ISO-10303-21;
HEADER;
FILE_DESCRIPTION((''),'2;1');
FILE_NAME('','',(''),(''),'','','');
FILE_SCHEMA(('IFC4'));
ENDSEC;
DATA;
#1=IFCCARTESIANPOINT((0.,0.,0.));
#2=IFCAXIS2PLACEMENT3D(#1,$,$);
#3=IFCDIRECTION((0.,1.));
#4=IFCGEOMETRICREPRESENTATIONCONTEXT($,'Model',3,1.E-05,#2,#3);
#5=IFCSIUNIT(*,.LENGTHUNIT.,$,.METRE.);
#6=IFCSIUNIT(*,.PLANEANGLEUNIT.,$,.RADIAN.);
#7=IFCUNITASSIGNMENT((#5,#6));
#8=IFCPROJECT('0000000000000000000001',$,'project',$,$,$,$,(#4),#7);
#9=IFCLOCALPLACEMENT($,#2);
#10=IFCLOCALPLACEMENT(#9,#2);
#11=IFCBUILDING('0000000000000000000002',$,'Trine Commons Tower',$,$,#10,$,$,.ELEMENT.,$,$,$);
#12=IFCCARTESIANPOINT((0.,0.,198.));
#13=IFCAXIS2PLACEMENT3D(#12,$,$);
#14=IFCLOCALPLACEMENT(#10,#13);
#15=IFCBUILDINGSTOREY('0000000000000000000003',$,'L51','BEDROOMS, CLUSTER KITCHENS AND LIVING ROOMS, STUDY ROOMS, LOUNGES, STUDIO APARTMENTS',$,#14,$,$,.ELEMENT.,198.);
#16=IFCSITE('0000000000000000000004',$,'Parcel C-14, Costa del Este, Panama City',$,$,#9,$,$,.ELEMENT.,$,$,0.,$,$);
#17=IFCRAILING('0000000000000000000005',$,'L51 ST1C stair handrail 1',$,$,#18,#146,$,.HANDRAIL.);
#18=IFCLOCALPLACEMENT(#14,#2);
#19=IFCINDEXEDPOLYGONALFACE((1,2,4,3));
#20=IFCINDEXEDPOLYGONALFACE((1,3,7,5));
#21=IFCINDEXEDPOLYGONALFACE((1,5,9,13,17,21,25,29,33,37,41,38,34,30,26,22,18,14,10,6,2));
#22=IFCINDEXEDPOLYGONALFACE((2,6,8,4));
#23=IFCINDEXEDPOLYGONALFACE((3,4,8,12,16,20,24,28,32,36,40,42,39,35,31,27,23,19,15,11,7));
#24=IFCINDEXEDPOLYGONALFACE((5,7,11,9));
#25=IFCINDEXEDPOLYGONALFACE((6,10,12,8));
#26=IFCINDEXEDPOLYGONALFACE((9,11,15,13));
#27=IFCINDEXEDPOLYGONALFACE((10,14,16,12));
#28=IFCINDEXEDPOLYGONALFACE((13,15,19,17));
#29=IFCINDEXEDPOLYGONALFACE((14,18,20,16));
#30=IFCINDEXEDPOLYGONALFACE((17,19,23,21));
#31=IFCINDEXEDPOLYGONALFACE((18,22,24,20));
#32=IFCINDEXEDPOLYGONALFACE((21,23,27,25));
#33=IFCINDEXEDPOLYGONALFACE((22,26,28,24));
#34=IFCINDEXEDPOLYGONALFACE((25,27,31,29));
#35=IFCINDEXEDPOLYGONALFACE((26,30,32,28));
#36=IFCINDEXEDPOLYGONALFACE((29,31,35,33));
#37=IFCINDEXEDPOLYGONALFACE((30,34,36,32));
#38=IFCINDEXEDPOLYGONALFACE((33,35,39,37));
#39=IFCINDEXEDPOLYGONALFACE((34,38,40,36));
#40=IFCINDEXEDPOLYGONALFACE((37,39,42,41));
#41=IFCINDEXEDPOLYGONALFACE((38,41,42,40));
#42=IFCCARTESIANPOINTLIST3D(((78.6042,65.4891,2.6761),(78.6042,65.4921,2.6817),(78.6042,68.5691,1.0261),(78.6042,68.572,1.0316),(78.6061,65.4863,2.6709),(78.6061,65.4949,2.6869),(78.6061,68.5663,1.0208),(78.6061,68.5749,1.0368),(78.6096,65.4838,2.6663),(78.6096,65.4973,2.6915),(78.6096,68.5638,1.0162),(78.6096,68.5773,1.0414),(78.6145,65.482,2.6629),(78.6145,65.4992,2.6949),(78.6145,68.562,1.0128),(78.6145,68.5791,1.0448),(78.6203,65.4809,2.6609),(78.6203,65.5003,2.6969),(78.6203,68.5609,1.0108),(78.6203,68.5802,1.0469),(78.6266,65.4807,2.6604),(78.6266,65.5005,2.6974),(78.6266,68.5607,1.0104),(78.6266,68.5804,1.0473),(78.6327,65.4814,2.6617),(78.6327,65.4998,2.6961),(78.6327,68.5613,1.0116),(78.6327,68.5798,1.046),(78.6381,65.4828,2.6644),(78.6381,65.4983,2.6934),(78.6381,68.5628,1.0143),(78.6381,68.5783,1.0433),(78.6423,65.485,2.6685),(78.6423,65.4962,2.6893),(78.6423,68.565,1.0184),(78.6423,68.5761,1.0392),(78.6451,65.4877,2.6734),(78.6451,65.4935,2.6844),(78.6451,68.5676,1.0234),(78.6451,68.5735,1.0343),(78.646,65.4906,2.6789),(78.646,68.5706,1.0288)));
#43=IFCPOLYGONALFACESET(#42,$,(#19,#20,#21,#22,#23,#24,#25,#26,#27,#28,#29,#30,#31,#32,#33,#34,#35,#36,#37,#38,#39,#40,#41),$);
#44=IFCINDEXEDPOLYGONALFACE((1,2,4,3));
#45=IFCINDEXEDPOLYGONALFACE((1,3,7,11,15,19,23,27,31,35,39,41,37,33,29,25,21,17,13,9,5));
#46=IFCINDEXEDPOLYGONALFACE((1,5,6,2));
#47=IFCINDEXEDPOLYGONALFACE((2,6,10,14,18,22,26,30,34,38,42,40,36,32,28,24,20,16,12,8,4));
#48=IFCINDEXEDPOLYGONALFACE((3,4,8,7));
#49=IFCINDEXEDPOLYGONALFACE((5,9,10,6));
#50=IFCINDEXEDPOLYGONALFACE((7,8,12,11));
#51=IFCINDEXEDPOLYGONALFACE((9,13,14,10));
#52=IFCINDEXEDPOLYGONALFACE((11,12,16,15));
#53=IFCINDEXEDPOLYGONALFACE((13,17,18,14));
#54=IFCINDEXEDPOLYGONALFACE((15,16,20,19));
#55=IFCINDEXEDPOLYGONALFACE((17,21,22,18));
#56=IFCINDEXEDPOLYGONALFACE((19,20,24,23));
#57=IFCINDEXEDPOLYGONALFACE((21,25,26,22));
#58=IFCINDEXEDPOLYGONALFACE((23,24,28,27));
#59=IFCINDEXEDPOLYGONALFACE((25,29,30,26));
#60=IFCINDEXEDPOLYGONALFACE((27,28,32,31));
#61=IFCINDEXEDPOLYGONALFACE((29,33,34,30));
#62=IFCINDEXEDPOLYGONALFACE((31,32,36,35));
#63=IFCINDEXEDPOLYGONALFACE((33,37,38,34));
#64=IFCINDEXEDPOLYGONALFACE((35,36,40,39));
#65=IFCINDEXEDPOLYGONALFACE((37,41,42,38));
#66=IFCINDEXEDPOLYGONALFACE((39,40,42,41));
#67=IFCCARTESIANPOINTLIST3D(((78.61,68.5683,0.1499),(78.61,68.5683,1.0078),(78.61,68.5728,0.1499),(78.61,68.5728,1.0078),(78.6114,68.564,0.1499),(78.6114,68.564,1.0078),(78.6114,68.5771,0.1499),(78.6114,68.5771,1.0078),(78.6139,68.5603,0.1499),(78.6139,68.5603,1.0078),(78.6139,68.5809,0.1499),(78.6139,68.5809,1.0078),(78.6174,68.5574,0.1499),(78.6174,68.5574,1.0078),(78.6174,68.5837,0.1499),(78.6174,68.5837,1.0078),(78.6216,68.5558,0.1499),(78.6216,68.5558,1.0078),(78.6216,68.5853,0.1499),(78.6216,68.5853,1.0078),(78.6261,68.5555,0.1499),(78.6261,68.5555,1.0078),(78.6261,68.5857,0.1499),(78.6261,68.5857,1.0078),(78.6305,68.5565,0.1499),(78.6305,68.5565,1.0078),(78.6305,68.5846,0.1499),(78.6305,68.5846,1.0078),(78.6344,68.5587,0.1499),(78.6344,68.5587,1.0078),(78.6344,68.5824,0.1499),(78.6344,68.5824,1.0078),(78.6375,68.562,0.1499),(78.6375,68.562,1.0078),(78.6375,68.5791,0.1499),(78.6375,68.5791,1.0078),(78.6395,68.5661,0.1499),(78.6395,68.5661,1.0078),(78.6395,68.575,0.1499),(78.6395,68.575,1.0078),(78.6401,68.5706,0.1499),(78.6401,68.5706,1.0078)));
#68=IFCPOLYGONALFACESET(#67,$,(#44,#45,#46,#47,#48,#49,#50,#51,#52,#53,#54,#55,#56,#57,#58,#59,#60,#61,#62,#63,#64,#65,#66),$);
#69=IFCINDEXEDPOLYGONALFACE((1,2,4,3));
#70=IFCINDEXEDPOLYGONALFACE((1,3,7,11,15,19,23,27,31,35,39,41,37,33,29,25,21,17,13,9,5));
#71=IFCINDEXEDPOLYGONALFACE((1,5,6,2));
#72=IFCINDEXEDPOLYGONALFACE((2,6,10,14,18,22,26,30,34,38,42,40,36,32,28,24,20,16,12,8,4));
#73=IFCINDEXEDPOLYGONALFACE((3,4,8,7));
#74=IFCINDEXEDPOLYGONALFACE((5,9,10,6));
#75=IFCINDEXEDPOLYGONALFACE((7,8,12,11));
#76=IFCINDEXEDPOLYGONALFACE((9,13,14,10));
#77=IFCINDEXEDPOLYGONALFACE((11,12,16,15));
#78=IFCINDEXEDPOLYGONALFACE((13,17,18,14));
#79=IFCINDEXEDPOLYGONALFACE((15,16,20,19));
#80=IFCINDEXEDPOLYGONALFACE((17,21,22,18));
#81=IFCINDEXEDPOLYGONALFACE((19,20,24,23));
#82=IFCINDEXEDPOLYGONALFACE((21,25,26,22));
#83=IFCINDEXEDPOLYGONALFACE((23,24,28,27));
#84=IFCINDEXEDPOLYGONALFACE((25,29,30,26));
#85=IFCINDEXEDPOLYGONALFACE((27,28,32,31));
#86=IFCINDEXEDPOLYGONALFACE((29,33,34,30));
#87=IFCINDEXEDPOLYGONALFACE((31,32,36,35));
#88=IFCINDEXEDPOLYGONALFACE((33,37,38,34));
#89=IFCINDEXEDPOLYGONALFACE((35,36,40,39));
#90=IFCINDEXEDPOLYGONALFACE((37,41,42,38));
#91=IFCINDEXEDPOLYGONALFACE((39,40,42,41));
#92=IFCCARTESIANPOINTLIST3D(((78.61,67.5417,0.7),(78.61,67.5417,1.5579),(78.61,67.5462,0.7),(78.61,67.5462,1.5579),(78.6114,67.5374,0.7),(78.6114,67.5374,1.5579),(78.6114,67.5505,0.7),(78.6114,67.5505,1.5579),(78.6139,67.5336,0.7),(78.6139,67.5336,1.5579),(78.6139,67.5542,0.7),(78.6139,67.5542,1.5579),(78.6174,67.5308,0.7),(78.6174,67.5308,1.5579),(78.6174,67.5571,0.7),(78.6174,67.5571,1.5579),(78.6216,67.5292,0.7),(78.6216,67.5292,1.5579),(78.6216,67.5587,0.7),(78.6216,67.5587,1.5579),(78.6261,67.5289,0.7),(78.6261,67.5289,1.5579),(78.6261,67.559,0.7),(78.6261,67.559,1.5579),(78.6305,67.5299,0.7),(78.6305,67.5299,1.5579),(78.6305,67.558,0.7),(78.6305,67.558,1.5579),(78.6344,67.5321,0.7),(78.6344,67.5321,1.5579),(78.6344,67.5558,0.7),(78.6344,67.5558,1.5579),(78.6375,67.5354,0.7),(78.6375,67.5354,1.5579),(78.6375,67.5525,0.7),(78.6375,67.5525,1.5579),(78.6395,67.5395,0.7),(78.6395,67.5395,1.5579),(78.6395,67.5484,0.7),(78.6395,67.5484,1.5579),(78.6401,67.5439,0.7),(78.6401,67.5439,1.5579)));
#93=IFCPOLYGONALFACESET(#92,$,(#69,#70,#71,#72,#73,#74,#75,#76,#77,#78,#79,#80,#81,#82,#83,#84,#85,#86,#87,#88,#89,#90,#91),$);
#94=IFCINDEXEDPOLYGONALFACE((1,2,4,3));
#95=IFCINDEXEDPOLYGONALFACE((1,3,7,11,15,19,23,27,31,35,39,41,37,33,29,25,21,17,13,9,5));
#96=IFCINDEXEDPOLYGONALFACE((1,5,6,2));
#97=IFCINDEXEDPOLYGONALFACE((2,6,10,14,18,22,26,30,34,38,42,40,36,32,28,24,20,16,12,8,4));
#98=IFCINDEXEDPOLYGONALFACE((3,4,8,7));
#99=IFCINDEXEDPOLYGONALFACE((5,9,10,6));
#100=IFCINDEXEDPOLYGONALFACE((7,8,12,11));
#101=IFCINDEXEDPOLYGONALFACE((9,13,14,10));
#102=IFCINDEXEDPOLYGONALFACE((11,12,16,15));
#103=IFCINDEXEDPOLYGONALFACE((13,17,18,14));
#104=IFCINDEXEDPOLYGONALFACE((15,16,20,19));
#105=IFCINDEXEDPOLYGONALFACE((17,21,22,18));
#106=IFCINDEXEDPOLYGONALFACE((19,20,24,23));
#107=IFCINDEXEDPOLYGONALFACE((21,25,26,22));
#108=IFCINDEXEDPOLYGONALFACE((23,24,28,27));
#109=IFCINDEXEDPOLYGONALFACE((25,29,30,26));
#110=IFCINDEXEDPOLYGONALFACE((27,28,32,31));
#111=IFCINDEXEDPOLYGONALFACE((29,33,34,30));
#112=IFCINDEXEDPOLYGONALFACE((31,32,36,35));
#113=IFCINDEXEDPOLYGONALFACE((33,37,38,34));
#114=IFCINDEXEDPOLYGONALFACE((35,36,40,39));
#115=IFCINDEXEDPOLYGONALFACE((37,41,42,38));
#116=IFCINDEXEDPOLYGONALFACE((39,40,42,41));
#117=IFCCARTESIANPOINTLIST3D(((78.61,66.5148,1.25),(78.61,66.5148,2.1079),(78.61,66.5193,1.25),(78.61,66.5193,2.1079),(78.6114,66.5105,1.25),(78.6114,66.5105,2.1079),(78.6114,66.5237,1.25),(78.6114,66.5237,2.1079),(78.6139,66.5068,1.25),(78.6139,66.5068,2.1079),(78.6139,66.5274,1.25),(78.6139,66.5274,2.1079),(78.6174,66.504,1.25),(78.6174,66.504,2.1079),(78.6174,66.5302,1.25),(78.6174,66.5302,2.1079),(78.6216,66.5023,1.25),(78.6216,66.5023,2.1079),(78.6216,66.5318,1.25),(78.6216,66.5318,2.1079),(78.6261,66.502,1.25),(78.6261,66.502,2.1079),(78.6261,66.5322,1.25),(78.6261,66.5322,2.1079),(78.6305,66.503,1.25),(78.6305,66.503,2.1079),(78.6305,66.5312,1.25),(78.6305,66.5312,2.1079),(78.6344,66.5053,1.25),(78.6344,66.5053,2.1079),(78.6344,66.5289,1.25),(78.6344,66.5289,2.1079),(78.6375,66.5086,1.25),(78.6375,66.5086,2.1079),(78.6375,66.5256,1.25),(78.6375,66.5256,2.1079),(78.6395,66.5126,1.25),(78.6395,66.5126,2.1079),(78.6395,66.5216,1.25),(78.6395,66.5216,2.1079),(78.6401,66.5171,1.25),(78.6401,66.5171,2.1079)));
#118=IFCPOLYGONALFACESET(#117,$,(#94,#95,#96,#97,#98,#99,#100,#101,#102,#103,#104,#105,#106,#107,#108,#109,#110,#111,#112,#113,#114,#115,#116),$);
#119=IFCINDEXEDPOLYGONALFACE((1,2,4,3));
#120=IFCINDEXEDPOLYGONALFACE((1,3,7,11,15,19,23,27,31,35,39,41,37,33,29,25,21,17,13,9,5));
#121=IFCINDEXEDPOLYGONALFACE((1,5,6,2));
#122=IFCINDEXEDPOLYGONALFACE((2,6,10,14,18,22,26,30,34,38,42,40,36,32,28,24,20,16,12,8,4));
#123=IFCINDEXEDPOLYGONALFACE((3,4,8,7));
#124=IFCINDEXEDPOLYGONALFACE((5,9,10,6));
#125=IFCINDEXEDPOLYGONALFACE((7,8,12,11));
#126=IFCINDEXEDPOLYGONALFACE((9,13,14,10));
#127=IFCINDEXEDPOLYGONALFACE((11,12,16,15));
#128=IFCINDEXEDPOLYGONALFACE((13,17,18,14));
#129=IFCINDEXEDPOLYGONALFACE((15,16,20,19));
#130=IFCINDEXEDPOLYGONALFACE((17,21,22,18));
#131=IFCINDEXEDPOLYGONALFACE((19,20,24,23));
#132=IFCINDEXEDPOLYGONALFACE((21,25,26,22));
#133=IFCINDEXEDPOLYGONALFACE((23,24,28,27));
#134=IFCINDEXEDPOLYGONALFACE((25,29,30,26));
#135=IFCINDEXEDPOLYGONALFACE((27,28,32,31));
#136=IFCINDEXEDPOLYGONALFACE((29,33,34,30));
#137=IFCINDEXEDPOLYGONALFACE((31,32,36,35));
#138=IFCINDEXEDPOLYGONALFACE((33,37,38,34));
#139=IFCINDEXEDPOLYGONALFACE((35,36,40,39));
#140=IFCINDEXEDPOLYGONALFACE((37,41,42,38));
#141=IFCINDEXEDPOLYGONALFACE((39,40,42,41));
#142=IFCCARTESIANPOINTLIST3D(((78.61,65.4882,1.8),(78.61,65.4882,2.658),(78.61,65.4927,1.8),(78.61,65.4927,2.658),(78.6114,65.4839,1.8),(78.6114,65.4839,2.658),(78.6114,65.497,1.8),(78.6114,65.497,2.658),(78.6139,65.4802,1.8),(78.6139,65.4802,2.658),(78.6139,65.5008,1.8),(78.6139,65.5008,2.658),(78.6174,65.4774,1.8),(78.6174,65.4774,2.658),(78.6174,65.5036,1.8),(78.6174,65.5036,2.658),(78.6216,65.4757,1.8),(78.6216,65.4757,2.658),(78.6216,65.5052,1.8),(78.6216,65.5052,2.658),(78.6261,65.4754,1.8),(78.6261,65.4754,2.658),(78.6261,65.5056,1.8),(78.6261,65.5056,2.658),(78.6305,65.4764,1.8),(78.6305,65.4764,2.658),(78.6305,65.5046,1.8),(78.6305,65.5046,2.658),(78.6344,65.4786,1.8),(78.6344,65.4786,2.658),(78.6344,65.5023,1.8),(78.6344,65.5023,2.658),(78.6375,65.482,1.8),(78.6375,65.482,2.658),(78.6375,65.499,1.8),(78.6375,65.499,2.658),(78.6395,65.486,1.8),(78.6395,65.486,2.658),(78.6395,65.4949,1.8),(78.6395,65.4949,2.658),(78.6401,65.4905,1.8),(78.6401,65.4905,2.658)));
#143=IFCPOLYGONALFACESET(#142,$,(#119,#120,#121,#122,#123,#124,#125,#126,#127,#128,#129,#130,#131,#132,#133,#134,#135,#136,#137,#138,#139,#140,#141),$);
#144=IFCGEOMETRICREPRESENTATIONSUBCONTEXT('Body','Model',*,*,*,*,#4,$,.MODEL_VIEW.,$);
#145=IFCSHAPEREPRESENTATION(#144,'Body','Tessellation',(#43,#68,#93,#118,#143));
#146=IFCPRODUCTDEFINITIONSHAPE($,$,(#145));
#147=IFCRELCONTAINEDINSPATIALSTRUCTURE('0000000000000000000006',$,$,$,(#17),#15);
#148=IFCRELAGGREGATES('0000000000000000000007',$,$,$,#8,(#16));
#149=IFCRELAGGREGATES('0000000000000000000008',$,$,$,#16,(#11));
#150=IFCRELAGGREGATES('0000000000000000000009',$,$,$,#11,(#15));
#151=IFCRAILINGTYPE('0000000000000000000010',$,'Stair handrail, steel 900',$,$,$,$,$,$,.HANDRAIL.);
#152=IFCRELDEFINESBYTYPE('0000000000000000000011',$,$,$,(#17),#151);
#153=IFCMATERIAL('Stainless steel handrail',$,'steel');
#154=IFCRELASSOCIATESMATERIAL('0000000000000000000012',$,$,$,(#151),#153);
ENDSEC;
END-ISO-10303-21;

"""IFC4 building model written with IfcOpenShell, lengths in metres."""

from ifc_helpers import new_model, si_unit, direction, frame, origin, origin_2d, place, context, subcontext, project, spatial, circle, extrude, material, type_object, element, save


model = new_model("IFC4")

# Units and contexts
model_context = context("Model", 3, precision=1e-05, world=origin(), true_north=direction((0.0, 1.0)))
body_context = subcontext(model_context, "Body", "Model", "MODEL_VIEW")
ifc_project = project(units=[si_unit("LENGTHUNIT", "METRE"), si_unit("PLANEANGLEUNIT", "RADIAN")], contexts=[model_context])

# Site, building, storey
site_placement = place(None, origin())
site = spatial("IfcSite", under=ifc_project, at=site_placement, Name="Parcel C-14, Costa del Este, Panama City", CompositionType="ELEMENT", RefElevation=0.0)
building_placement = place(site_placement, origin())
building = spatial("IfcBuilding", under=site, at=building_placement, Name="Trine Commons Tower", CompositionType="ELEMENT")
storey_placement = place(building_placement, frame((0.0, 0.0, 198.0)))
storey = spatial("IfcBuildingStorey", under=building, at=storey_placement, Name="L51", Description="BEDROOMS, CLUSTER KITCHENS AND LIVING ROOMS, STUDY ROOMS, LOUNGES, STUDIO APARTMENTS", CompositionType="ELEMENT", Elevation=198.0)

# Railing
ifc_material_1 = material(Name="Stainless steel handrail", Category="steel")
railing_type_1 = type_object("IfcRailingType", Name="Stair handrail, steel 900", PredefinedType="HANDRAIL", material=ifc_material_1)
railing_1_placement = place(storey_placement, frame((78.625, 68.5706, 0.1499)))
element("IfcRailing", 1, at=railing_1_placement, inside=storey, type_object=railing_type_1, Name="L51 ST1C stair handrail 1", PredefinedType="HANDRAIL", context=body_context, shape_type="SweptSolid", body=[
    extrude(circle(Radius=0.021, at=origin_2d()), frame((0.0, 0.0, 0.8789), z_axis=(0.0, -0.881468, 0.472245), x_axis=(1.0, 0.0, 0.0)), (0.0, 0.0, 1.0), 3.4941),
    extrude(circle(Radius=0.0151, at=origin_2d()), origin(), (0.0, 0.0, 1.0), 0.8579),
    extrude(circle(Radius=0.0151, at=origin_2d()), frame((0.0, -1.0266, 0.55)), (0.0, 0.0, 1.0), 0.8579),
    extrude(circle(Radius=0.0151, at=origin_2d()), frame((0.0, -2.0535, 1.1001)), (0.0, 0.0, 1.0), 0.8579),
    extrude(circle(Radius=0.0151, at=origin_2d()), frame((0.0, -3.0801, 1.6501)), (0.0, 0.0, 1.0), 0.8579),
])

save(model, "model.ifc")
